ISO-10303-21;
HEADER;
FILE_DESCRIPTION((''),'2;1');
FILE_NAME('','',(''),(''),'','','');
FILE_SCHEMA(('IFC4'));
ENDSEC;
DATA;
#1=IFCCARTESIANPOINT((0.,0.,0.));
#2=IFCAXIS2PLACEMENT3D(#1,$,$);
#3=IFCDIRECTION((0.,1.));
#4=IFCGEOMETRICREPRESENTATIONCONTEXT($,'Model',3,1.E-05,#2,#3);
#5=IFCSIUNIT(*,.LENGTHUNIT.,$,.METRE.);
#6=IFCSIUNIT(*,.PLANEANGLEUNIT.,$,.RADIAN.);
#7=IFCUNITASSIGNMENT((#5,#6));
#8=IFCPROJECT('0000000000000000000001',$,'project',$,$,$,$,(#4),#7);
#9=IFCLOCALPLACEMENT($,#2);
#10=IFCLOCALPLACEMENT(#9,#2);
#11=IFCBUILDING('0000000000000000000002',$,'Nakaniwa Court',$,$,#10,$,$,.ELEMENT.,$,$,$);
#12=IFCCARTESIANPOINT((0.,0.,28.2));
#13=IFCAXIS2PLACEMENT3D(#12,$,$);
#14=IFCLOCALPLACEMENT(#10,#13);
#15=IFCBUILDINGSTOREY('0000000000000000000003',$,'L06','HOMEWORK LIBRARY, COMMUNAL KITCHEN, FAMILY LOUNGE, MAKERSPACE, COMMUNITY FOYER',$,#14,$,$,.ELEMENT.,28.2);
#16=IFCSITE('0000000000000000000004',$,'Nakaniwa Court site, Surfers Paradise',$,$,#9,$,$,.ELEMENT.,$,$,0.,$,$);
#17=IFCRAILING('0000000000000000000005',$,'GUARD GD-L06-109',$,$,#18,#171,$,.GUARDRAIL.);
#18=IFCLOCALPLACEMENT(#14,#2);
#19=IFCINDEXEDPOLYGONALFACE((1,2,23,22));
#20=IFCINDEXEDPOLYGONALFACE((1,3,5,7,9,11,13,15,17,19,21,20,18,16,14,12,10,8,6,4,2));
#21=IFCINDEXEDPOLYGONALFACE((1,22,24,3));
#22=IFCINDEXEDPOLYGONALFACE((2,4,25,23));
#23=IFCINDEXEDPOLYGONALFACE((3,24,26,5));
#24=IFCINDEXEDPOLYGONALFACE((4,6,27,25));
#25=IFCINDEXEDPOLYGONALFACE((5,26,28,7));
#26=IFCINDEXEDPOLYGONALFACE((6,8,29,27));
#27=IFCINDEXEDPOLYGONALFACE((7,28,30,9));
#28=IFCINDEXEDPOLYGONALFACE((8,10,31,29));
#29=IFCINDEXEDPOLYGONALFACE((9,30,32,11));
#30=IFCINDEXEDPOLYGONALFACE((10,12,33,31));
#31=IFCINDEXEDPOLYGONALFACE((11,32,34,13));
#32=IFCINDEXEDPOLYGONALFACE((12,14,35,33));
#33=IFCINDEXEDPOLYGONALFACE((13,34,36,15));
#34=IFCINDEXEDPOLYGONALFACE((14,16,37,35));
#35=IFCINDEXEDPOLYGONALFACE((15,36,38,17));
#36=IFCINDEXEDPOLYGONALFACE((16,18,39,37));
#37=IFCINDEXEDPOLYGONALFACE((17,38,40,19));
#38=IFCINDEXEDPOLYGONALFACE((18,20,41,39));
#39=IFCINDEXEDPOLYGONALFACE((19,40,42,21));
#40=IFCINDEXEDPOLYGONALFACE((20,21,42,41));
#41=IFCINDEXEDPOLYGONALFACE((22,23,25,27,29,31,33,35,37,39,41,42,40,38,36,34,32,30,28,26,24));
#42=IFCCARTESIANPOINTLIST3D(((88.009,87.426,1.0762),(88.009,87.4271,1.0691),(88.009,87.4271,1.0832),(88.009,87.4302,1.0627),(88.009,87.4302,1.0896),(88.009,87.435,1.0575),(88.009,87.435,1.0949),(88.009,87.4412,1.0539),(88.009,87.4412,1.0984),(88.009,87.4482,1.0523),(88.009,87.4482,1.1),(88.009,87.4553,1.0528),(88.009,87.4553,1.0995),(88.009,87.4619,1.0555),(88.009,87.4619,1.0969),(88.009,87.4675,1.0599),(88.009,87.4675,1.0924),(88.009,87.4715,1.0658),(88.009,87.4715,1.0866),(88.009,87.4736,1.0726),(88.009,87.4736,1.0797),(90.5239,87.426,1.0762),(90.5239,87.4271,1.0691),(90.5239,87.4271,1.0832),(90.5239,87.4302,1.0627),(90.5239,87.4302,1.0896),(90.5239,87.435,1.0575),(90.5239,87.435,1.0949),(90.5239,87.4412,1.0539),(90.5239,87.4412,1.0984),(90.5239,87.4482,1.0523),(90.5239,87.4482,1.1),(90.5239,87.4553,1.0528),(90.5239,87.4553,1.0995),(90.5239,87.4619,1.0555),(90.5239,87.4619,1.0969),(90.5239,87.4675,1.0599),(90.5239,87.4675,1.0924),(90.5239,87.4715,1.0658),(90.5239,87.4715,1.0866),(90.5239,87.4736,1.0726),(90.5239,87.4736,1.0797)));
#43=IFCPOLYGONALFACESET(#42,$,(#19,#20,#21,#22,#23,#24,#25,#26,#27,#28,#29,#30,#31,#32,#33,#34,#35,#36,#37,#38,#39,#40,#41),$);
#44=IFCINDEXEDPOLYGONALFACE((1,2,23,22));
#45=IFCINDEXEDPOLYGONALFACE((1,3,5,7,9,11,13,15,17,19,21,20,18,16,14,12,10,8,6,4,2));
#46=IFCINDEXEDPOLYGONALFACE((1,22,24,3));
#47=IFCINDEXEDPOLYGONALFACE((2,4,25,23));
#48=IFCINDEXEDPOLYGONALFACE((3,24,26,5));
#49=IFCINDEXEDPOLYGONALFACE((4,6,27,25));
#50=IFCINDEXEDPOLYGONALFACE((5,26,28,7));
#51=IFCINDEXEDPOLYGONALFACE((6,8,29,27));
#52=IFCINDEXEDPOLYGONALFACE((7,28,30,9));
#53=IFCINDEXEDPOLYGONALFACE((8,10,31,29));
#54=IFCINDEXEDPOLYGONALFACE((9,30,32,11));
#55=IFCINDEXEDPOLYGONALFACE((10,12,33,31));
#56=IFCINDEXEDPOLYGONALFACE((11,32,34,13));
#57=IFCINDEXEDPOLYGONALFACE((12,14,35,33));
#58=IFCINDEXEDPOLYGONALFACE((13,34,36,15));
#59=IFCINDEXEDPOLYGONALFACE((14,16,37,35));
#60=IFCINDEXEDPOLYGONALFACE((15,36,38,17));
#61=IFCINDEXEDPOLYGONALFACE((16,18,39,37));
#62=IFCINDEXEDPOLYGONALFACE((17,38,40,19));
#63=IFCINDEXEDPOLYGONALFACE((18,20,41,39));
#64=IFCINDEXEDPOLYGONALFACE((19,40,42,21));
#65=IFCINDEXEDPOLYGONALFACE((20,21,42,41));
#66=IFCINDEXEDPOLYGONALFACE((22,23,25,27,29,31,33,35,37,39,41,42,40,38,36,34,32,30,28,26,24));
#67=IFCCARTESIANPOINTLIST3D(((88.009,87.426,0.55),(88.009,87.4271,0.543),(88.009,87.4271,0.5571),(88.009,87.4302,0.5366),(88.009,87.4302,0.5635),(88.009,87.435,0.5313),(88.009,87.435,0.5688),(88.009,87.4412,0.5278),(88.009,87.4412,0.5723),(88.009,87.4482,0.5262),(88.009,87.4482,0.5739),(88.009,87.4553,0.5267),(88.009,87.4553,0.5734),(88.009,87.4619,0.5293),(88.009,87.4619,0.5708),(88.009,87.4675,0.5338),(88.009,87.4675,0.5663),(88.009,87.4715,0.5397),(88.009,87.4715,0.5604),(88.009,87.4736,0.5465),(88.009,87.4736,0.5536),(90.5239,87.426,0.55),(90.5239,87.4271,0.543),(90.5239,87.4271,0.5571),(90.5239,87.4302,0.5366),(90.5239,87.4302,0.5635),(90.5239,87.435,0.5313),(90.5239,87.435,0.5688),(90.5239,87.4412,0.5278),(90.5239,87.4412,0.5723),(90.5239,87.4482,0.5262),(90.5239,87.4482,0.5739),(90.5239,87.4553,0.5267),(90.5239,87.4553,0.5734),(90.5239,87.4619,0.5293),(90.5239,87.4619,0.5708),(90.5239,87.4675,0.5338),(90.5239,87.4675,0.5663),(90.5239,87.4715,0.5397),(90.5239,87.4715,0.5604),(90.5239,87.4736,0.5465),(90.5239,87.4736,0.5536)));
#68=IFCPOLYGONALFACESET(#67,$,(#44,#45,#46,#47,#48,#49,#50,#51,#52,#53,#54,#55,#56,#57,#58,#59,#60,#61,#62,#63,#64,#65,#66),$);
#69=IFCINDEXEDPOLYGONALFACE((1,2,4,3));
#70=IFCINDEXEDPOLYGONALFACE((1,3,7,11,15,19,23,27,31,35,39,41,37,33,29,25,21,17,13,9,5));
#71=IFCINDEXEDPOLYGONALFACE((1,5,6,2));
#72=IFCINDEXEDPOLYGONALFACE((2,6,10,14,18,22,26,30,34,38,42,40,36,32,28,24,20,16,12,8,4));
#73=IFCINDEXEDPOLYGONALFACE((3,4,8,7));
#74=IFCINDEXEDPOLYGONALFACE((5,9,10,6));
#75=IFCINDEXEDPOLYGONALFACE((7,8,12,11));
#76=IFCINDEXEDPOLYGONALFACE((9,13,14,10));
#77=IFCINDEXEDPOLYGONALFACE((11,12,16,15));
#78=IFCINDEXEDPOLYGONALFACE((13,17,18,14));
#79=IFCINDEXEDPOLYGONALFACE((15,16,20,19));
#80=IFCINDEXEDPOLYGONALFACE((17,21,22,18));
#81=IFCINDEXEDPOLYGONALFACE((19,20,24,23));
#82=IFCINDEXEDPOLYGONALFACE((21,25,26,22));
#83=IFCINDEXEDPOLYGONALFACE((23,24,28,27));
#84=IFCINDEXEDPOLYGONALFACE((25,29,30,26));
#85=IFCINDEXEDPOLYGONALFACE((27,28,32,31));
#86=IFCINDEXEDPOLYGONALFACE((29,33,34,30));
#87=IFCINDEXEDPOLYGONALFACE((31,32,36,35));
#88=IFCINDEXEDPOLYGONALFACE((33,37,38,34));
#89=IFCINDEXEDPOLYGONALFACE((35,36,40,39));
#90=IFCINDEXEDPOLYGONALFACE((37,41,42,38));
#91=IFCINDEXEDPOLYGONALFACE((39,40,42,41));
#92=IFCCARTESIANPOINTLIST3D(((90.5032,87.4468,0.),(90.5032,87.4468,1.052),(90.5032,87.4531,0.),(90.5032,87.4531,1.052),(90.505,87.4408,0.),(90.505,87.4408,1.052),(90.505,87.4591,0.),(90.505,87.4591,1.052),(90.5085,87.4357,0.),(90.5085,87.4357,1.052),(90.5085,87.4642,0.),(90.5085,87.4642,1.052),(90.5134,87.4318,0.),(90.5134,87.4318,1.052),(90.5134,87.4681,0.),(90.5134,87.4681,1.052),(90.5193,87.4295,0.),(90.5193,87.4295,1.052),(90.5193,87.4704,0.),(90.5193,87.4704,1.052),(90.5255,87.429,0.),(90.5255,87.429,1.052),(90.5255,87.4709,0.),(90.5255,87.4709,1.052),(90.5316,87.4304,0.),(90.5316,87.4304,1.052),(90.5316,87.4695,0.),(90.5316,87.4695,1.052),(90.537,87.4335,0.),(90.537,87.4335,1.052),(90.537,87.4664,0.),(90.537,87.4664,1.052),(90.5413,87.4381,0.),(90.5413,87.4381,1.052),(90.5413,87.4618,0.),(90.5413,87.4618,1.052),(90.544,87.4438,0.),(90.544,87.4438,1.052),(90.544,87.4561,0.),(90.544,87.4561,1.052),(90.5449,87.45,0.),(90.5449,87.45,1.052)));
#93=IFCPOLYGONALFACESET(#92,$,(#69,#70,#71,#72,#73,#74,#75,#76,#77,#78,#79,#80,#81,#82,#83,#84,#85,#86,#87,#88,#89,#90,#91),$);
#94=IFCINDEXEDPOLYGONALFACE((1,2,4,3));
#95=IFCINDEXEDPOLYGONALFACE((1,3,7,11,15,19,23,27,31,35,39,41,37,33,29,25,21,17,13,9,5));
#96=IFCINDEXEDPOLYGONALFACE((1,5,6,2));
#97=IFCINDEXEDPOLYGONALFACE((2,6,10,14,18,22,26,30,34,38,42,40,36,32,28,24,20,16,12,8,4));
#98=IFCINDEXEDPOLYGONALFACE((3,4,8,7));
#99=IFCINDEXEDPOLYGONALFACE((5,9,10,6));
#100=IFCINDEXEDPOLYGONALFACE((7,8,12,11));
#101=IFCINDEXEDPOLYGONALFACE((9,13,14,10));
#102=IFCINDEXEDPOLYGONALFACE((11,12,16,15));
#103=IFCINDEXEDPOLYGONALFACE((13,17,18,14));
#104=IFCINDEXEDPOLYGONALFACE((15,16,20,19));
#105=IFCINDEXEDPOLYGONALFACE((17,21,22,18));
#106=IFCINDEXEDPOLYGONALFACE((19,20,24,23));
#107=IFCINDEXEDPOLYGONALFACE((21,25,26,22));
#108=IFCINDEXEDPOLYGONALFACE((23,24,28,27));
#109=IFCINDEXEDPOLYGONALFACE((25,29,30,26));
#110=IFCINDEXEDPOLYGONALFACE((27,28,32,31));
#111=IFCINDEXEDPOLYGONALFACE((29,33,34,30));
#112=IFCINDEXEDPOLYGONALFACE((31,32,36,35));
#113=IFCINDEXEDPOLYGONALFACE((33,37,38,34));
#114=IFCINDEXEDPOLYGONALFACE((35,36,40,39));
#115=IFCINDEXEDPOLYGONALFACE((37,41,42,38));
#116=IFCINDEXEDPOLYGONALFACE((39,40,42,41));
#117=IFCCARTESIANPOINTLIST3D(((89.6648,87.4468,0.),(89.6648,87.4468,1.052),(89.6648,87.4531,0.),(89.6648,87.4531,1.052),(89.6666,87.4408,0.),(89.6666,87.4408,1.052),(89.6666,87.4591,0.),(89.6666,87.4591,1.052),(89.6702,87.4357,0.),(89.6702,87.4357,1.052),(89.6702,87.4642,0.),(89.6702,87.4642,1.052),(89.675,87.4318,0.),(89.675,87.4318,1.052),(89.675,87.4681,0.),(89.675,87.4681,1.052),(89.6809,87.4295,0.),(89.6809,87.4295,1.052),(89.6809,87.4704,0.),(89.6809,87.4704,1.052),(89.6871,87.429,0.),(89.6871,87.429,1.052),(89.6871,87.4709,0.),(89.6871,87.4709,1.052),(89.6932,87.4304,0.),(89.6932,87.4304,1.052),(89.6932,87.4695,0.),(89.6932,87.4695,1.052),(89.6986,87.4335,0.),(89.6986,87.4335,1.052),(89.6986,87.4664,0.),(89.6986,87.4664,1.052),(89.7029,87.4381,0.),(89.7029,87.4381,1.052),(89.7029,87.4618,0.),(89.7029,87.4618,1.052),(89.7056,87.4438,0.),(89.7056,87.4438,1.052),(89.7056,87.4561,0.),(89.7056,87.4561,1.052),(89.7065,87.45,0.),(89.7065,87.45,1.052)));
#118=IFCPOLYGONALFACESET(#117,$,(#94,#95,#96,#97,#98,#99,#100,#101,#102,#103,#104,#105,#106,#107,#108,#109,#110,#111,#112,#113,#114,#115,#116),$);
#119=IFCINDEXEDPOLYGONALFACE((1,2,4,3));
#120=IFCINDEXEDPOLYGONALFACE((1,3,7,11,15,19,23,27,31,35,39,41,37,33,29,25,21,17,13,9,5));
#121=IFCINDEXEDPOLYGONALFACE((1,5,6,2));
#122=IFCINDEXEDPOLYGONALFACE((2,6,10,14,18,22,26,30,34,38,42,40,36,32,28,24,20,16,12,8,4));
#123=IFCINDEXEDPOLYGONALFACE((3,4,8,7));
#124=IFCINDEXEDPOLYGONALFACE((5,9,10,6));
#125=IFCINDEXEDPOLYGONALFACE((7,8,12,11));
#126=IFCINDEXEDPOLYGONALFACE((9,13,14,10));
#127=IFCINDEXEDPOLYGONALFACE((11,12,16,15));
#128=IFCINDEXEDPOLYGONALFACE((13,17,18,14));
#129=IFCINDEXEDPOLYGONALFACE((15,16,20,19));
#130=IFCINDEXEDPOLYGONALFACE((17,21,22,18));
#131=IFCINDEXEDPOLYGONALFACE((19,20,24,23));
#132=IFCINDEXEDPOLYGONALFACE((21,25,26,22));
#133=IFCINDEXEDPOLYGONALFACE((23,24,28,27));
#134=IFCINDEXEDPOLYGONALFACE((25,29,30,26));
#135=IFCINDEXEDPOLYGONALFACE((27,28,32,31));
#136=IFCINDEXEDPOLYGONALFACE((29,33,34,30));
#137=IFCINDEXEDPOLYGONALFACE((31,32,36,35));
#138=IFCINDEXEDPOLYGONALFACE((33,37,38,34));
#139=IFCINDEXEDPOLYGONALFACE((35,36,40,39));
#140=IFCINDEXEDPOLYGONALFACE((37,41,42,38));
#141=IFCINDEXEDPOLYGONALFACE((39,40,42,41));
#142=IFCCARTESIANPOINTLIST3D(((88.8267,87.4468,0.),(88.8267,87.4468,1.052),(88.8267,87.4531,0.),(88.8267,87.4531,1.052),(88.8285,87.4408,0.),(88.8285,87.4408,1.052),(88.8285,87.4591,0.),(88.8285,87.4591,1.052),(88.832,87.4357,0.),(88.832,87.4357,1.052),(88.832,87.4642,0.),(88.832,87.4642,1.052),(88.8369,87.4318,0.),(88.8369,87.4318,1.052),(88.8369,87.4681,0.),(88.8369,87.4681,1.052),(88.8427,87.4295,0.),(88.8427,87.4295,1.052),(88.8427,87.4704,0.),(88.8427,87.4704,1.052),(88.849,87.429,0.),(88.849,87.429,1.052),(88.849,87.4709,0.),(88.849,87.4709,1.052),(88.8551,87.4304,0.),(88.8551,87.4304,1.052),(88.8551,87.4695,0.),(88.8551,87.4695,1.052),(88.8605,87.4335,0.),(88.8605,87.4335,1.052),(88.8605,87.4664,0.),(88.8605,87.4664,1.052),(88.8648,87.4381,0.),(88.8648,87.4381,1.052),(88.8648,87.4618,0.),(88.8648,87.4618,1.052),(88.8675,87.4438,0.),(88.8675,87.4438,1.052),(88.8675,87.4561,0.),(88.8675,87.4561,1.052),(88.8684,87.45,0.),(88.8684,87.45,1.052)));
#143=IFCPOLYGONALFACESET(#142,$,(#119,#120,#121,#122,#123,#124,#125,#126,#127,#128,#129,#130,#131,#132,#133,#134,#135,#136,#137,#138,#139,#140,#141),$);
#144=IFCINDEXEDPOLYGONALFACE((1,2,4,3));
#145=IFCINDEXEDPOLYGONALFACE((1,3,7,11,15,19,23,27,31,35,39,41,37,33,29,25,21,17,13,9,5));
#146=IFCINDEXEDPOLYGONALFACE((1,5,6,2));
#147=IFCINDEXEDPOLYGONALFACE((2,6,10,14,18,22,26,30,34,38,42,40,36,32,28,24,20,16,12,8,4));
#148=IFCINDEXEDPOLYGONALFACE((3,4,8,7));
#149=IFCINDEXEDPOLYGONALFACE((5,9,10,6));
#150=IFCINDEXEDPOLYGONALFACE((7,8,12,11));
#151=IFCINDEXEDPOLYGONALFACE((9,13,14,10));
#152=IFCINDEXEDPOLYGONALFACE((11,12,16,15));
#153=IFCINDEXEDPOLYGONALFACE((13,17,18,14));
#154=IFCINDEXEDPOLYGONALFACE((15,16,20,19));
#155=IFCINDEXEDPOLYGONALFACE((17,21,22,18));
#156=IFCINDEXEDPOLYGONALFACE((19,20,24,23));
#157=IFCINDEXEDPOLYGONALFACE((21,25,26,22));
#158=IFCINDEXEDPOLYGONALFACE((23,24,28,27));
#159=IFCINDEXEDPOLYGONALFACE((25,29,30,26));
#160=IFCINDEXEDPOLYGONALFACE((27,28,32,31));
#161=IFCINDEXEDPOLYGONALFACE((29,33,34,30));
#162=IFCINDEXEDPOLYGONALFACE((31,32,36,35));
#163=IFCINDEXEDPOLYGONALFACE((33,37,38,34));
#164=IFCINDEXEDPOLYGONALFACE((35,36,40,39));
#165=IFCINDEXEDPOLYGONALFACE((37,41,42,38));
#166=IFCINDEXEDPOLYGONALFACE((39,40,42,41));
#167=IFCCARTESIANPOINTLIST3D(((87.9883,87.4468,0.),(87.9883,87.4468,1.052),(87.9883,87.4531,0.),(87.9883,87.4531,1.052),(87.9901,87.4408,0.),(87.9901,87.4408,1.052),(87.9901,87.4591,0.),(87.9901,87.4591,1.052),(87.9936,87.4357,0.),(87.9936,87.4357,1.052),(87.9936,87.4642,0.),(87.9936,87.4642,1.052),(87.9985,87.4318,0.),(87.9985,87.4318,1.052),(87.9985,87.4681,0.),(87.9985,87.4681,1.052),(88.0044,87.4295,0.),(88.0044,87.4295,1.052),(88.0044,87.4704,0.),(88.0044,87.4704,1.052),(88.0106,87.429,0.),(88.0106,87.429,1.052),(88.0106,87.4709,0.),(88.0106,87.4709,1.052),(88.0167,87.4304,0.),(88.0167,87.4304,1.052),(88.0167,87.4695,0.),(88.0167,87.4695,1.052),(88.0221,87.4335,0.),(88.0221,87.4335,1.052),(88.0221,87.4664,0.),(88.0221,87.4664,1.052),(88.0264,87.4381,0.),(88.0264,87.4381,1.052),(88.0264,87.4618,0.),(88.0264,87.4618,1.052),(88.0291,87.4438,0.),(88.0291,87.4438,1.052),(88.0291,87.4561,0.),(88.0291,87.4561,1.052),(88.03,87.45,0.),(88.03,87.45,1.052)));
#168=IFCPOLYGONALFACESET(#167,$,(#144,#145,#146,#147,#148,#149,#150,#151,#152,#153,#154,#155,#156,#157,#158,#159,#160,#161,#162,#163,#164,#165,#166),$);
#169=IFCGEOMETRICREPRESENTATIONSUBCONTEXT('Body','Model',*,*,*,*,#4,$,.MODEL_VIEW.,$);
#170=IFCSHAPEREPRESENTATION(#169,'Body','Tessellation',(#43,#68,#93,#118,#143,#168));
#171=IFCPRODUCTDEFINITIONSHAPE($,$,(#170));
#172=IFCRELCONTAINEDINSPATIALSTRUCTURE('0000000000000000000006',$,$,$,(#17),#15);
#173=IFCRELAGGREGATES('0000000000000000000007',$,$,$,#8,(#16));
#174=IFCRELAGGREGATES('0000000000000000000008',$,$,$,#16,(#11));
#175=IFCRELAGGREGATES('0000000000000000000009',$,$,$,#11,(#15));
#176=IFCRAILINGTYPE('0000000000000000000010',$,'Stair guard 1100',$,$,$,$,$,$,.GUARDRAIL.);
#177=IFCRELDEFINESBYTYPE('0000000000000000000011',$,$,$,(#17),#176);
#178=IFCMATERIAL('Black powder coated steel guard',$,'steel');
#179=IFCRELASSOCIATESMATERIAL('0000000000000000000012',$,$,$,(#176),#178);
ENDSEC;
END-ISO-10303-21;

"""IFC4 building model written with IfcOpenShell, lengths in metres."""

from ifc_helpers import new_model, si_unit, direction, frame, origin, origin_2d, place, context, subcontext, project, spatial, circle, extrude, material, type_object, element, save


model = new_model("IFC4")

# Units and contexts
model_context = context("Model", 3, precision=1e-05, world=origin(), true_north=direction((0.0, 1.0)))
body_context = subcontext(model_context, "Body", "Model", "MODEL_VIEW")
ifc_project = project(units=[si_unit("LENGTHUNIT", "METRE"), si_unit("PLANEANGLEUNIT", "RADIAN")], contexts=[model_context])

# Site, building, storey
site_placement = place(None, origin())
site = spatial("IfcSite", under=ifc_project, at=site_placement, Name="Nakaniwa Court site, Surfers Paradise", CompositionType="ELEMENT", RefElevation=0.0)
building_placement = place(site_placement, origin())
building = spatial("IfcBuilding", under=site, at=building_placement, Name="Nakaniwa Court", CompositionType="ELEMENT")
storey_placement = place(building_placement, frame((0.0, 0.0, 28.2)))
storey = spatial("IfcBuildingStorey", under=building, at=storey_placement, Name="L06", Description="HOMEWORK LIBRARY, COMMUNAL KITCHEN, FAMILY LOUNGE, MAKERSPACE, COMMUNITY FOYER", CompositionType="ELEMENT", Elevation=28.2)

# Railing
ifc_material_1 = material(Name="Black powder coated steel guard", Category="steel")
railing_type = type_object("IfcRailingType", Name="Stair guard 1100", PredefinedType="GUARDRAIL", material=ifc_material_1)
railing_1_placement = place(storey_placement, frame((90.5239, 87.45, 0.0)))
element("IfcRailing", 1, at=railing_1_placement, inside=storey, type_object=railing_type, Name="GUARD GD-L06-109", PredefinedType="GUARDRAIL", context=body_context, shape_type="SweptSolid", body=[
    extrude(circle(Radius=0.0239, at=origin_2d()), frame((0.0, 0.0, 1.0762), z_axis=(-1.0, 0.0, 0.0), x_axis=(0.0, -1.0, 0.0)), (0.0, 0.0, 1.0), 2.5149),
    extrude(circle(Radius=0.0239, at=origin_2d()), frame((0.0, 0.0, 0.55), z_axis=(-1.0, 0.0, 0.0), x_axis=(0.0, -1.0, 0.0)), (0.0, 0.0, 1.0), 2.5149),
    extrude(circle(Radius=0.021, at=origin_2d()), origin(), (0.0, 0.0, 1.0), 1.052),
    extrude(circle(Radius=0.021, at=origin_2d()), frame((-0.8384, 0.0, 0.0)), (0.0, 0.0, 1.0), 1.052),
    extrude(circle(Radius=0.021, at=origin_2d()), frame((-1.6765, 0.0, 0.0)), (0.0, 0.0, 1.0), 1.052),
    extrude(circle(Radius=0.021, at=origin_2d()), frame((-2.5149, 0.0, 0.0)), (0.0, 0.0, 1.0), 1.052),
])

save(model, "model.ifc")
